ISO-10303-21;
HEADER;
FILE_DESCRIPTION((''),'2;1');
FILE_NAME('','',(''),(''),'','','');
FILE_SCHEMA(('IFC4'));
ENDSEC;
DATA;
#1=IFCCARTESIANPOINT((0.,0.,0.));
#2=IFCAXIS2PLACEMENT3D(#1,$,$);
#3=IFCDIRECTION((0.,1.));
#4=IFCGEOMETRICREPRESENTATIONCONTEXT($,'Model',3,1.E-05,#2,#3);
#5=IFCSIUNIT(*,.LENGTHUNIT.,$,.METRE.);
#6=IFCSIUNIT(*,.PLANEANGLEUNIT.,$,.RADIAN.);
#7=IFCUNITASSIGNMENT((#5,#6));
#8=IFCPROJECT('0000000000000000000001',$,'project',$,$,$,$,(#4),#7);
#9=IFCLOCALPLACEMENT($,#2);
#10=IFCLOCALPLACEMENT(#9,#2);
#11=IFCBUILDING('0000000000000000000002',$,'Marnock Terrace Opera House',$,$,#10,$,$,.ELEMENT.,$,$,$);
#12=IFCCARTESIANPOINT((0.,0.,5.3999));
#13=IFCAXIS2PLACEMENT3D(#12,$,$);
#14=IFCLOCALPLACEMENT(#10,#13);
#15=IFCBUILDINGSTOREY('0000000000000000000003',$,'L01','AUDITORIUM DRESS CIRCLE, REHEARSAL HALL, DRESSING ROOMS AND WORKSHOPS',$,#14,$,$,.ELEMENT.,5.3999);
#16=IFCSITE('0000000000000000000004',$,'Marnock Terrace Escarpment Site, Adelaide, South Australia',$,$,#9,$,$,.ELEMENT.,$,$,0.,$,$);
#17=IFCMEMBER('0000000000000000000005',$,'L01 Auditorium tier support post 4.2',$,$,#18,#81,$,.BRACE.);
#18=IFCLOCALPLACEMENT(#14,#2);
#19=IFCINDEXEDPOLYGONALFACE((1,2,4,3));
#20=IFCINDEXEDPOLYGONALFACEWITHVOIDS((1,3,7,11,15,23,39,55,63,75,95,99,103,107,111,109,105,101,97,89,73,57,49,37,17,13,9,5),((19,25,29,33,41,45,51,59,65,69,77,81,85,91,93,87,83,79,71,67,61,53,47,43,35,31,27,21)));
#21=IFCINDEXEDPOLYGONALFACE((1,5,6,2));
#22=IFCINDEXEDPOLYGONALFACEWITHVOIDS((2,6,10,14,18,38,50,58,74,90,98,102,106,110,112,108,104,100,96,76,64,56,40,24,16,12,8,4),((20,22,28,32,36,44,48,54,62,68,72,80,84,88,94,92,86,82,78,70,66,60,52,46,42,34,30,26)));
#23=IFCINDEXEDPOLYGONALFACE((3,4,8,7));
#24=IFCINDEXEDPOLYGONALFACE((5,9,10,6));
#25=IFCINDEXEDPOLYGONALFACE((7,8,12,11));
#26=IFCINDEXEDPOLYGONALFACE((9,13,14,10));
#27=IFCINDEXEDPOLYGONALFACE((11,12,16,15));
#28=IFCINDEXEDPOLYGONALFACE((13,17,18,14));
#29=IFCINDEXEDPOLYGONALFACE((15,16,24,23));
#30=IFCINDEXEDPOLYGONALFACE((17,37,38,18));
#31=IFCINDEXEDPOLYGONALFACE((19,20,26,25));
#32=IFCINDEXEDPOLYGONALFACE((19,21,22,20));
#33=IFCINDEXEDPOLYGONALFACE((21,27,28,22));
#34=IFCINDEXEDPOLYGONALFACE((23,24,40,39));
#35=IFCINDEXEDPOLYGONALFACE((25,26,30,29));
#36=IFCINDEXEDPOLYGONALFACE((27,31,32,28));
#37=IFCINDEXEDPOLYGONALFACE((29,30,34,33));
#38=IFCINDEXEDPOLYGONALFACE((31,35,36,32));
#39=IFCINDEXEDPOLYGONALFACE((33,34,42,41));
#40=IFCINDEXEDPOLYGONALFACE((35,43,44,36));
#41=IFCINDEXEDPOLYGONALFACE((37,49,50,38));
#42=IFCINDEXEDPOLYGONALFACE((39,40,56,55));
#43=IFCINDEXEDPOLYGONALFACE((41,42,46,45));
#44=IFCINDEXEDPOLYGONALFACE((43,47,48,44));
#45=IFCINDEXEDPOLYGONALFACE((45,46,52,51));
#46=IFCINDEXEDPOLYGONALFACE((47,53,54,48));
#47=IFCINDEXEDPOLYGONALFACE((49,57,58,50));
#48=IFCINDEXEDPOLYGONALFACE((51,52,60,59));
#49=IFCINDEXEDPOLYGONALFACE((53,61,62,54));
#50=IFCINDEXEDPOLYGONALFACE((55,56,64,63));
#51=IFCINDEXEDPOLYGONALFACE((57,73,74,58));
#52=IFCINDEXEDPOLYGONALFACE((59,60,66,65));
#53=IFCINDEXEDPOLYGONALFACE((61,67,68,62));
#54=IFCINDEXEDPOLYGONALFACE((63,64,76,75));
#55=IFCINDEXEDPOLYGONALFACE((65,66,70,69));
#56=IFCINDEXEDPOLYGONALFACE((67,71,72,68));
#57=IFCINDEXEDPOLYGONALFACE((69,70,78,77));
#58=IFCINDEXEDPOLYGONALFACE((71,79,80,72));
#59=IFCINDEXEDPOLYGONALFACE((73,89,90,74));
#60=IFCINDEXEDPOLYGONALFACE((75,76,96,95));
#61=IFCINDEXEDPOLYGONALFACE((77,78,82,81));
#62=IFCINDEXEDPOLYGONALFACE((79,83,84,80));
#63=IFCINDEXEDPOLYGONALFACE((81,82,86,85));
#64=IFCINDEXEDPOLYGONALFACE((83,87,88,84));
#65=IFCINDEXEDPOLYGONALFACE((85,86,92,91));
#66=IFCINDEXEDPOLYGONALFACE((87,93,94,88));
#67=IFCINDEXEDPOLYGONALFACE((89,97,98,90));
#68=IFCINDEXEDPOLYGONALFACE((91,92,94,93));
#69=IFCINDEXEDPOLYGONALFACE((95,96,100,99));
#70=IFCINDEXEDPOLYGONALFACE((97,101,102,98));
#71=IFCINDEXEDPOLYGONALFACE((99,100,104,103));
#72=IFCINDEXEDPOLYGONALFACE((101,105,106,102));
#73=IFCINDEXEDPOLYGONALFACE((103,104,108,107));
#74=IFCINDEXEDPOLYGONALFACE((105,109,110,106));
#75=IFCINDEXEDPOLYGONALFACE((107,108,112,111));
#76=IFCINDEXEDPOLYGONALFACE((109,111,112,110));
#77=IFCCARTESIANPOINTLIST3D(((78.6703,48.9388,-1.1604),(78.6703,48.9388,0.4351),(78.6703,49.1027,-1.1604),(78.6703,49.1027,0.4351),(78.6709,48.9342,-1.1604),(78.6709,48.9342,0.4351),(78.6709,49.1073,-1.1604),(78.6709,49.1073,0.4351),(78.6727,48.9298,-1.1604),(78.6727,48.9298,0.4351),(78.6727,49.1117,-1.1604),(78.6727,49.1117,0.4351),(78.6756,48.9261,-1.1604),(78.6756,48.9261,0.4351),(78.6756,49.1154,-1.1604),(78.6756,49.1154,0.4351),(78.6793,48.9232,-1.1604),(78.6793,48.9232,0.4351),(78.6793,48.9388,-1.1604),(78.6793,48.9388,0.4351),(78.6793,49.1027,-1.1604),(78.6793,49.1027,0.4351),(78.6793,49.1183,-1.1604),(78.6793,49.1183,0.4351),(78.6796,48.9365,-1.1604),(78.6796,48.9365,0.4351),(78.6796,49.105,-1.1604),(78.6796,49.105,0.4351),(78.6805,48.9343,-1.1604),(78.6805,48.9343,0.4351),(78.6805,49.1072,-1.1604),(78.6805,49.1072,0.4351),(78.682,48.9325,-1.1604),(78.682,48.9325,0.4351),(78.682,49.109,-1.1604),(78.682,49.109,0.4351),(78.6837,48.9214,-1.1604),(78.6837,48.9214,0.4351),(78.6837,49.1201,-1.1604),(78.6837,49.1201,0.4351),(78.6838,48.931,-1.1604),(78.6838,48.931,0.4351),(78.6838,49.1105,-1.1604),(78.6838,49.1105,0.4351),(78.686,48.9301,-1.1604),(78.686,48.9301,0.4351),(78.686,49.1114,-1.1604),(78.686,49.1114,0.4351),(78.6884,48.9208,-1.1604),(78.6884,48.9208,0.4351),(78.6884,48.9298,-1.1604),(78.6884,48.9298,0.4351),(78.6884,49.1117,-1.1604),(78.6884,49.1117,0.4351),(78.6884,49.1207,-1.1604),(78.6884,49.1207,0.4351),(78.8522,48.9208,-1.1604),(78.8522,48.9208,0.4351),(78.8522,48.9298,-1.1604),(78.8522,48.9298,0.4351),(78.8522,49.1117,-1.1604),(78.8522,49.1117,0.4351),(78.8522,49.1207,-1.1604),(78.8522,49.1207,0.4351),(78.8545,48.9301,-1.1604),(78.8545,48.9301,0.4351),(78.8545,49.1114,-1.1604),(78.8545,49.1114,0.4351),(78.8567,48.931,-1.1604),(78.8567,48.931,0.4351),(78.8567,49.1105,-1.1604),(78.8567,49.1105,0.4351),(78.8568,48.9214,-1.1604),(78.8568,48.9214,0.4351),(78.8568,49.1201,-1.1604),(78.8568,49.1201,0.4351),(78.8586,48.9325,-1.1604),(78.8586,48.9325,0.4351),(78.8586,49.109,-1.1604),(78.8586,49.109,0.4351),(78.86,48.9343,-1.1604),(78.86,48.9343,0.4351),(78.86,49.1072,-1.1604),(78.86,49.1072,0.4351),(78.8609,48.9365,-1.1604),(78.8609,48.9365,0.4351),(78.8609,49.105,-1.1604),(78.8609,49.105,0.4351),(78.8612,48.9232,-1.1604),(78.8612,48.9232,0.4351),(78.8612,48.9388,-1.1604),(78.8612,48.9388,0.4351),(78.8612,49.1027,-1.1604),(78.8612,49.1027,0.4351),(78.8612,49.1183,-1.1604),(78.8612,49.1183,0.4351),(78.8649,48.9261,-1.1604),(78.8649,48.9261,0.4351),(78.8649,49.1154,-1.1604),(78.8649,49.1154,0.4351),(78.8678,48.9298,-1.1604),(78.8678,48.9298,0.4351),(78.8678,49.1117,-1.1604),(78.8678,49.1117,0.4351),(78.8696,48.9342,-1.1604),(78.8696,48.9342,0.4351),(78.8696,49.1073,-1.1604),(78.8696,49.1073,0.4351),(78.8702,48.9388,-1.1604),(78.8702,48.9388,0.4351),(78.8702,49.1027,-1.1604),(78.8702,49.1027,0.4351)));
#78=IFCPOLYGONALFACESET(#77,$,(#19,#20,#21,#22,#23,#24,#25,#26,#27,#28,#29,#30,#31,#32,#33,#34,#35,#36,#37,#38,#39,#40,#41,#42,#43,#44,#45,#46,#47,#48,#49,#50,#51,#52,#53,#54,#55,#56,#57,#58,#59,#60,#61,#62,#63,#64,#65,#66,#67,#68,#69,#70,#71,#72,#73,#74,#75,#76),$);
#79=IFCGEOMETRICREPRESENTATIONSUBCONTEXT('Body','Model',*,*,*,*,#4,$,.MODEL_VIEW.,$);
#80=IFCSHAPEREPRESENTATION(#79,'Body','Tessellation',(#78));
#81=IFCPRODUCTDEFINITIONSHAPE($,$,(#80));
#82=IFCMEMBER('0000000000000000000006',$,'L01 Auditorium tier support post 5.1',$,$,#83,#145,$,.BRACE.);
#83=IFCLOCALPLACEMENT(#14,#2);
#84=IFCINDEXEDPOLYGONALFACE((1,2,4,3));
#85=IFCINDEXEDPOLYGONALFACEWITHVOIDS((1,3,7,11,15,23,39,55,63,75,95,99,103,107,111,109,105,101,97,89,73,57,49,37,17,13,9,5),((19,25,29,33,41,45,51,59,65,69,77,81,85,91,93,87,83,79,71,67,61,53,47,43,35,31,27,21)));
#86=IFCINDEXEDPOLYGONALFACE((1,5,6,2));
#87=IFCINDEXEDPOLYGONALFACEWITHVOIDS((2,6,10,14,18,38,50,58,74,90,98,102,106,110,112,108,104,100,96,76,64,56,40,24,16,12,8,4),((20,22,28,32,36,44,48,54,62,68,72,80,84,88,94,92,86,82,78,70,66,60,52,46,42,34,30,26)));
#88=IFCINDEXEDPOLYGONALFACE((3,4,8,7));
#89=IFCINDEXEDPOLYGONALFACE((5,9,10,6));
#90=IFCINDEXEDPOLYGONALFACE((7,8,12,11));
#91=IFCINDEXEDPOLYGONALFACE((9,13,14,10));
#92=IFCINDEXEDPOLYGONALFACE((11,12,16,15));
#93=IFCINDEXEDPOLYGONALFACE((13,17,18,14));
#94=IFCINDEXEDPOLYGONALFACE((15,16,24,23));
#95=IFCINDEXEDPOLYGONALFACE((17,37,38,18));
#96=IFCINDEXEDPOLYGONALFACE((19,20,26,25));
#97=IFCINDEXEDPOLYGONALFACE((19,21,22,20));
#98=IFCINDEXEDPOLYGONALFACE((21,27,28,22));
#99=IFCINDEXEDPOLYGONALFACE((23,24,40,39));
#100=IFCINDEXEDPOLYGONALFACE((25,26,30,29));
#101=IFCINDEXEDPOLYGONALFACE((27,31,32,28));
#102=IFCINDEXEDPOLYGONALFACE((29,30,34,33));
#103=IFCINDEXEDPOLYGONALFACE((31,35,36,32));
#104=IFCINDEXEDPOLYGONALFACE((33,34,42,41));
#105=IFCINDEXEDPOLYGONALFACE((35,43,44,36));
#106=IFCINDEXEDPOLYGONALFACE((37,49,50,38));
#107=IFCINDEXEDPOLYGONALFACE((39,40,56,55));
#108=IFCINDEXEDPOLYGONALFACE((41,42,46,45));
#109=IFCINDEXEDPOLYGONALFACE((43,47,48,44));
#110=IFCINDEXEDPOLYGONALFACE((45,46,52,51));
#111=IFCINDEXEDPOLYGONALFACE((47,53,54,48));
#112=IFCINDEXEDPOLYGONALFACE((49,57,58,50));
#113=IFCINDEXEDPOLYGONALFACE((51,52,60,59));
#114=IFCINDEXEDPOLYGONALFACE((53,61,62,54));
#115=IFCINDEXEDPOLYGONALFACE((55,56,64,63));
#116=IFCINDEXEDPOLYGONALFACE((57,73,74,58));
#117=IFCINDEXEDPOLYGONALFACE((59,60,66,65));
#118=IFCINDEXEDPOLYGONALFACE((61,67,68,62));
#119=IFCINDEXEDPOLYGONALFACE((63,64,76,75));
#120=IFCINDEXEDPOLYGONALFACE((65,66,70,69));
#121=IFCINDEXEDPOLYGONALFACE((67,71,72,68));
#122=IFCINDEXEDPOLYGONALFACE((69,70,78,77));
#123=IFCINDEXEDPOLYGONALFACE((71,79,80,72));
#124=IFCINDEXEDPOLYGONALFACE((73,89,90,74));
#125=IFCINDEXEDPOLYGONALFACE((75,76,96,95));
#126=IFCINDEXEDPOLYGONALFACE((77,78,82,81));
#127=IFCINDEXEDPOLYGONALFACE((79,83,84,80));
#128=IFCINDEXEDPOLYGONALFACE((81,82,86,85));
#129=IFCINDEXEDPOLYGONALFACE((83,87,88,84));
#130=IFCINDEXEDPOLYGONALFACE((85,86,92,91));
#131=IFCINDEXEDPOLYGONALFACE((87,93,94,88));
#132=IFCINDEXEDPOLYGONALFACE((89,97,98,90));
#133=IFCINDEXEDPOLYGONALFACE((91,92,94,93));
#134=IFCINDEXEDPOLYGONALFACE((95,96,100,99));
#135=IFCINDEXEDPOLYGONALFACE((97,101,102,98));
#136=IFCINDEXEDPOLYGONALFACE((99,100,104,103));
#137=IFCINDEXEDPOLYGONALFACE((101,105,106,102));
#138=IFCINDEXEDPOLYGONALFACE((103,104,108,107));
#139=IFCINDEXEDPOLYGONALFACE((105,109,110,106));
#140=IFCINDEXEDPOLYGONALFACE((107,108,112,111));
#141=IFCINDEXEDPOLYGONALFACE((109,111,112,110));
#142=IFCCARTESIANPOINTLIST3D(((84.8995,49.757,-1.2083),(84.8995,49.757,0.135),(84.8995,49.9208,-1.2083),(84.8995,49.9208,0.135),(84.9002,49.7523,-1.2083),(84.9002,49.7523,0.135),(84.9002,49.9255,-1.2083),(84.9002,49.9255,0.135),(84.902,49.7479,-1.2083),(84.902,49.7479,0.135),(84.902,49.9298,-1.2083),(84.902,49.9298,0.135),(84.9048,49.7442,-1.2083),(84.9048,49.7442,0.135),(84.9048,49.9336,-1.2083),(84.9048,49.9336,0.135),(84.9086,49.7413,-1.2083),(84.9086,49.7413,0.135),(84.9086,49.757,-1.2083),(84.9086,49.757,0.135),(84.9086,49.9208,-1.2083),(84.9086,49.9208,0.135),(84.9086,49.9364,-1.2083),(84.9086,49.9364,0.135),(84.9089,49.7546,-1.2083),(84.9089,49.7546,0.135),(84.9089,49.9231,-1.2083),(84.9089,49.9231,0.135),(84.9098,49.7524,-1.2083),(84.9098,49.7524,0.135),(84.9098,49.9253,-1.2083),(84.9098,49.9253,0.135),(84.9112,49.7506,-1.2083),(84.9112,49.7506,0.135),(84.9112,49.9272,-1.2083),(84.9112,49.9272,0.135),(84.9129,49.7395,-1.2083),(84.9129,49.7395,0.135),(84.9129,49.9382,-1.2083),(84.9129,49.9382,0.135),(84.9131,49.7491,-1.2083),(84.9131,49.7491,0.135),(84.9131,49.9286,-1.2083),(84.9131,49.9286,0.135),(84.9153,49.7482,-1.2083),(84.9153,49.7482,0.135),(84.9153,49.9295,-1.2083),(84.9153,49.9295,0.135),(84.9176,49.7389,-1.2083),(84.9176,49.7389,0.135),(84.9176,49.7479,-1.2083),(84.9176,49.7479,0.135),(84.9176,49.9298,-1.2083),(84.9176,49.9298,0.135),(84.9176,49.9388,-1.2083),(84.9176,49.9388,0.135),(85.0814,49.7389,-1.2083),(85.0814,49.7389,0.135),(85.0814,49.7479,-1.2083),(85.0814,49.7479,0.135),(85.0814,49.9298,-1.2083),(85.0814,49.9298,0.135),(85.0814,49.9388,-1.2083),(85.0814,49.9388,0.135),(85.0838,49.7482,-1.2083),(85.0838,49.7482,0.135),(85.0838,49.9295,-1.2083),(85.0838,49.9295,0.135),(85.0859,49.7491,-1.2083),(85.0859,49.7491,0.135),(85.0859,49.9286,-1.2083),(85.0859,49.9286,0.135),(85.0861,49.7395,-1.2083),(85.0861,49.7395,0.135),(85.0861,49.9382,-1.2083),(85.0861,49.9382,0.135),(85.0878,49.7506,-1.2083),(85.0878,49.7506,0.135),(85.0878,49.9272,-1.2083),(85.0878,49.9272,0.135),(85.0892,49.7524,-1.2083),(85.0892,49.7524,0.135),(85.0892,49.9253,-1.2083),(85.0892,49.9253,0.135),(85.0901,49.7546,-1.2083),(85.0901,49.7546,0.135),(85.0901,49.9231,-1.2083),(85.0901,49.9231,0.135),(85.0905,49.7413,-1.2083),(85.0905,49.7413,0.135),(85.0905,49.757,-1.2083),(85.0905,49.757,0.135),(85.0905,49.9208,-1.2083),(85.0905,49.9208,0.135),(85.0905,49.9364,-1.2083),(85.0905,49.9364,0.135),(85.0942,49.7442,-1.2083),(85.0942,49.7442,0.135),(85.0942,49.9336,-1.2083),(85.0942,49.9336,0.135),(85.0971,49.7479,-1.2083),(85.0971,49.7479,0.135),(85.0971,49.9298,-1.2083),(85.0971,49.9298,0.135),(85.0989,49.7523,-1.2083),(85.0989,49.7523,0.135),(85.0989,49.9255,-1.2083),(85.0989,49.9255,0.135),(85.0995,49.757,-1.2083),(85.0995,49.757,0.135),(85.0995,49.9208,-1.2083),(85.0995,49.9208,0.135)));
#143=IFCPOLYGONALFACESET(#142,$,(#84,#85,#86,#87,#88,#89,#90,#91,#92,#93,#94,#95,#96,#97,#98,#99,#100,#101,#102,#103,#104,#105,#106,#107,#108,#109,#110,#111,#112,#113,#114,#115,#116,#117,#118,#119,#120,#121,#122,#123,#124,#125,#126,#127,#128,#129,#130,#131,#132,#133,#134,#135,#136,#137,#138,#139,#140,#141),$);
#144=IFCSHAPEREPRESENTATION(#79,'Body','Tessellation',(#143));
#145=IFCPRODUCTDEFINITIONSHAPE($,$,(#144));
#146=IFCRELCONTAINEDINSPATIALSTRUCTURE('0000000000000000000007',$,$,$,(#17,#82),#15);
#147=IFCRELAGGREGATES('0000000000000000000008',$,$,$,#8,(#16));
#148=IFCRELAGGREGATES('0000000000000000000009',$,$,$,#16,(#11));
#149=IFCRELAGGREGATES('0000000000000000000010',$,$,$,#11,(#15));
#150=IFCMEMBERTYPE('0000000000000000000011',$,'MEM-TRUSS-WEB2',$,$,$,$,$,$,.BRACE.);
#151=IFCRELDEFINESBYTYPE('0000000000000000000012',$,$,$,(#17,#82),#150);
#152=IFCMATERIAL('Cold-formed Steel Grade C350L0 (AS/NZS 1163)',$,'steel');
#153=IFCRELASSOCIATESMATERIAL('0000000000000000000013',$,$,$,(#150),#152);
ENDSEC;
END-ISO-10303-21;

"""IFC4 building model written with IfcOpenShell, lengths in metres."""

from ifc_helpers import new_model, si_unit, direction, frame, origin, origin_2d, place, context, subcontext, project, spatial, hollow_rectangle, extrude, material, material_profile, profile_set, type_object, element, save


model = new_model("IFC4")

# Units and contexts
model_context = context("Model", 3, precision=1e-05, world=origin(), true_north=direction((0.0, 1.0)))
body_context = subcontext(model_context, "Body", "Model", "MODEL_VIEW")
ifc_project = project(units=[si_unit("LENGTHUNIT", "METRE"), si_unit("PLANEANGLEUNIT", "RADIAN")], contexts=[model_context])

# Site, building, storey
site_placement = place(None, origin())
site = spatial("IfcSite", under=ifc_project, at=site_placement, Name="Marnock Terrace Escarpment Site, Adelaide, South Australia", CompositionType="ELEMENT", RefElevation=0.0)
building_placement = place(site_placement, origin())
building = spatial("IfcBuilding", under=site, at=building_placement, Name="Marnock Terrace Opera House", CompositionType="ELEMENT")
storey_placement = place(building_placement, frame((0.0, 0.0, 5.3999)))
storey = spatial("IfcBuildingStorey", under=building, at=storey_placement, Name="L01", Description="AUDITORIUM DRESS CIRCLE, REHEARSAL HALL, DRESSING ROOMS AND WORKSHOPS", CompositionType="ELEMENT", Elevation=5.3999)

# Members
ifc_material_1 = material(Name="Cold-formed Steel Grade C350L0 (AS/NZS 1163)", Category="steel")
ifc_material_profile_1 = material_profile(ifc_material_1, hollow_rectangle(XDim=0.2, YDim=0.2, WallThickness=0.009, InnerFilletRadius=0.009, OuterFilletRadius=0.0181, at=origin_2d()))
ifc_profile_set_1 = profile_set([ifc_material_profile_1], Name="Cold-formed Steel Grade C350L0 (AS/NZS 1163)")
member_type = type_object("IfcMemberType", Name="MEM-TRUSS-WEB2", PredefinedType="BRACE", material=ifc_profile_set_1)
member_1_placement = place(storey_placement, frame((78.7703, 49.0208, -1.1604), z_axis=(0.0, 0.0, 1.0), x_axis=(1.0, 0.0, 0.0)))
element("IfcMember", 1, at=member_1_placement, inside=storey, type_object=member_type, Name="L01 Auditorium tier support post 4.2", PredefinedType="BRACE", context=body_context, shape_type="SweptSolid", body=[
    extrude(hollow_rectangle(XDim=0.2, YDim=0.2, WallThickness=0.009, InnerFilletRadius=0.009, OuterFilletRadius=0.0181, at=origin_2d()), origin(), (0.0, 0.0, 1.0), 1.5955),
])
member_2_placement = place(storey_placement, frame((84.9995, 49.8389, -1.2083), z_axis=(0.0, 0.0, 1.0), x_axis=(1.0, 0.0, 0.0)))
element("IfcMember", 2, at=member_2_placement, inside=storey, type_object=member_type, Name="L01 Auditorium tier support post 5.1", PredefinedType="BRACE", context=body_context, shape_type="SweptSolid", body=[
    extrude(hollow_rectangle(XDim=0.2, YDim=0.2, WallThickness=0.009, InnerFilletRadius=0.009, OuterFilletRadius=0.0181, at=origin_2d()), origin(), (0.0, 0.0, 1.0), 1.3433),
])

save(model, "model.ifc")
